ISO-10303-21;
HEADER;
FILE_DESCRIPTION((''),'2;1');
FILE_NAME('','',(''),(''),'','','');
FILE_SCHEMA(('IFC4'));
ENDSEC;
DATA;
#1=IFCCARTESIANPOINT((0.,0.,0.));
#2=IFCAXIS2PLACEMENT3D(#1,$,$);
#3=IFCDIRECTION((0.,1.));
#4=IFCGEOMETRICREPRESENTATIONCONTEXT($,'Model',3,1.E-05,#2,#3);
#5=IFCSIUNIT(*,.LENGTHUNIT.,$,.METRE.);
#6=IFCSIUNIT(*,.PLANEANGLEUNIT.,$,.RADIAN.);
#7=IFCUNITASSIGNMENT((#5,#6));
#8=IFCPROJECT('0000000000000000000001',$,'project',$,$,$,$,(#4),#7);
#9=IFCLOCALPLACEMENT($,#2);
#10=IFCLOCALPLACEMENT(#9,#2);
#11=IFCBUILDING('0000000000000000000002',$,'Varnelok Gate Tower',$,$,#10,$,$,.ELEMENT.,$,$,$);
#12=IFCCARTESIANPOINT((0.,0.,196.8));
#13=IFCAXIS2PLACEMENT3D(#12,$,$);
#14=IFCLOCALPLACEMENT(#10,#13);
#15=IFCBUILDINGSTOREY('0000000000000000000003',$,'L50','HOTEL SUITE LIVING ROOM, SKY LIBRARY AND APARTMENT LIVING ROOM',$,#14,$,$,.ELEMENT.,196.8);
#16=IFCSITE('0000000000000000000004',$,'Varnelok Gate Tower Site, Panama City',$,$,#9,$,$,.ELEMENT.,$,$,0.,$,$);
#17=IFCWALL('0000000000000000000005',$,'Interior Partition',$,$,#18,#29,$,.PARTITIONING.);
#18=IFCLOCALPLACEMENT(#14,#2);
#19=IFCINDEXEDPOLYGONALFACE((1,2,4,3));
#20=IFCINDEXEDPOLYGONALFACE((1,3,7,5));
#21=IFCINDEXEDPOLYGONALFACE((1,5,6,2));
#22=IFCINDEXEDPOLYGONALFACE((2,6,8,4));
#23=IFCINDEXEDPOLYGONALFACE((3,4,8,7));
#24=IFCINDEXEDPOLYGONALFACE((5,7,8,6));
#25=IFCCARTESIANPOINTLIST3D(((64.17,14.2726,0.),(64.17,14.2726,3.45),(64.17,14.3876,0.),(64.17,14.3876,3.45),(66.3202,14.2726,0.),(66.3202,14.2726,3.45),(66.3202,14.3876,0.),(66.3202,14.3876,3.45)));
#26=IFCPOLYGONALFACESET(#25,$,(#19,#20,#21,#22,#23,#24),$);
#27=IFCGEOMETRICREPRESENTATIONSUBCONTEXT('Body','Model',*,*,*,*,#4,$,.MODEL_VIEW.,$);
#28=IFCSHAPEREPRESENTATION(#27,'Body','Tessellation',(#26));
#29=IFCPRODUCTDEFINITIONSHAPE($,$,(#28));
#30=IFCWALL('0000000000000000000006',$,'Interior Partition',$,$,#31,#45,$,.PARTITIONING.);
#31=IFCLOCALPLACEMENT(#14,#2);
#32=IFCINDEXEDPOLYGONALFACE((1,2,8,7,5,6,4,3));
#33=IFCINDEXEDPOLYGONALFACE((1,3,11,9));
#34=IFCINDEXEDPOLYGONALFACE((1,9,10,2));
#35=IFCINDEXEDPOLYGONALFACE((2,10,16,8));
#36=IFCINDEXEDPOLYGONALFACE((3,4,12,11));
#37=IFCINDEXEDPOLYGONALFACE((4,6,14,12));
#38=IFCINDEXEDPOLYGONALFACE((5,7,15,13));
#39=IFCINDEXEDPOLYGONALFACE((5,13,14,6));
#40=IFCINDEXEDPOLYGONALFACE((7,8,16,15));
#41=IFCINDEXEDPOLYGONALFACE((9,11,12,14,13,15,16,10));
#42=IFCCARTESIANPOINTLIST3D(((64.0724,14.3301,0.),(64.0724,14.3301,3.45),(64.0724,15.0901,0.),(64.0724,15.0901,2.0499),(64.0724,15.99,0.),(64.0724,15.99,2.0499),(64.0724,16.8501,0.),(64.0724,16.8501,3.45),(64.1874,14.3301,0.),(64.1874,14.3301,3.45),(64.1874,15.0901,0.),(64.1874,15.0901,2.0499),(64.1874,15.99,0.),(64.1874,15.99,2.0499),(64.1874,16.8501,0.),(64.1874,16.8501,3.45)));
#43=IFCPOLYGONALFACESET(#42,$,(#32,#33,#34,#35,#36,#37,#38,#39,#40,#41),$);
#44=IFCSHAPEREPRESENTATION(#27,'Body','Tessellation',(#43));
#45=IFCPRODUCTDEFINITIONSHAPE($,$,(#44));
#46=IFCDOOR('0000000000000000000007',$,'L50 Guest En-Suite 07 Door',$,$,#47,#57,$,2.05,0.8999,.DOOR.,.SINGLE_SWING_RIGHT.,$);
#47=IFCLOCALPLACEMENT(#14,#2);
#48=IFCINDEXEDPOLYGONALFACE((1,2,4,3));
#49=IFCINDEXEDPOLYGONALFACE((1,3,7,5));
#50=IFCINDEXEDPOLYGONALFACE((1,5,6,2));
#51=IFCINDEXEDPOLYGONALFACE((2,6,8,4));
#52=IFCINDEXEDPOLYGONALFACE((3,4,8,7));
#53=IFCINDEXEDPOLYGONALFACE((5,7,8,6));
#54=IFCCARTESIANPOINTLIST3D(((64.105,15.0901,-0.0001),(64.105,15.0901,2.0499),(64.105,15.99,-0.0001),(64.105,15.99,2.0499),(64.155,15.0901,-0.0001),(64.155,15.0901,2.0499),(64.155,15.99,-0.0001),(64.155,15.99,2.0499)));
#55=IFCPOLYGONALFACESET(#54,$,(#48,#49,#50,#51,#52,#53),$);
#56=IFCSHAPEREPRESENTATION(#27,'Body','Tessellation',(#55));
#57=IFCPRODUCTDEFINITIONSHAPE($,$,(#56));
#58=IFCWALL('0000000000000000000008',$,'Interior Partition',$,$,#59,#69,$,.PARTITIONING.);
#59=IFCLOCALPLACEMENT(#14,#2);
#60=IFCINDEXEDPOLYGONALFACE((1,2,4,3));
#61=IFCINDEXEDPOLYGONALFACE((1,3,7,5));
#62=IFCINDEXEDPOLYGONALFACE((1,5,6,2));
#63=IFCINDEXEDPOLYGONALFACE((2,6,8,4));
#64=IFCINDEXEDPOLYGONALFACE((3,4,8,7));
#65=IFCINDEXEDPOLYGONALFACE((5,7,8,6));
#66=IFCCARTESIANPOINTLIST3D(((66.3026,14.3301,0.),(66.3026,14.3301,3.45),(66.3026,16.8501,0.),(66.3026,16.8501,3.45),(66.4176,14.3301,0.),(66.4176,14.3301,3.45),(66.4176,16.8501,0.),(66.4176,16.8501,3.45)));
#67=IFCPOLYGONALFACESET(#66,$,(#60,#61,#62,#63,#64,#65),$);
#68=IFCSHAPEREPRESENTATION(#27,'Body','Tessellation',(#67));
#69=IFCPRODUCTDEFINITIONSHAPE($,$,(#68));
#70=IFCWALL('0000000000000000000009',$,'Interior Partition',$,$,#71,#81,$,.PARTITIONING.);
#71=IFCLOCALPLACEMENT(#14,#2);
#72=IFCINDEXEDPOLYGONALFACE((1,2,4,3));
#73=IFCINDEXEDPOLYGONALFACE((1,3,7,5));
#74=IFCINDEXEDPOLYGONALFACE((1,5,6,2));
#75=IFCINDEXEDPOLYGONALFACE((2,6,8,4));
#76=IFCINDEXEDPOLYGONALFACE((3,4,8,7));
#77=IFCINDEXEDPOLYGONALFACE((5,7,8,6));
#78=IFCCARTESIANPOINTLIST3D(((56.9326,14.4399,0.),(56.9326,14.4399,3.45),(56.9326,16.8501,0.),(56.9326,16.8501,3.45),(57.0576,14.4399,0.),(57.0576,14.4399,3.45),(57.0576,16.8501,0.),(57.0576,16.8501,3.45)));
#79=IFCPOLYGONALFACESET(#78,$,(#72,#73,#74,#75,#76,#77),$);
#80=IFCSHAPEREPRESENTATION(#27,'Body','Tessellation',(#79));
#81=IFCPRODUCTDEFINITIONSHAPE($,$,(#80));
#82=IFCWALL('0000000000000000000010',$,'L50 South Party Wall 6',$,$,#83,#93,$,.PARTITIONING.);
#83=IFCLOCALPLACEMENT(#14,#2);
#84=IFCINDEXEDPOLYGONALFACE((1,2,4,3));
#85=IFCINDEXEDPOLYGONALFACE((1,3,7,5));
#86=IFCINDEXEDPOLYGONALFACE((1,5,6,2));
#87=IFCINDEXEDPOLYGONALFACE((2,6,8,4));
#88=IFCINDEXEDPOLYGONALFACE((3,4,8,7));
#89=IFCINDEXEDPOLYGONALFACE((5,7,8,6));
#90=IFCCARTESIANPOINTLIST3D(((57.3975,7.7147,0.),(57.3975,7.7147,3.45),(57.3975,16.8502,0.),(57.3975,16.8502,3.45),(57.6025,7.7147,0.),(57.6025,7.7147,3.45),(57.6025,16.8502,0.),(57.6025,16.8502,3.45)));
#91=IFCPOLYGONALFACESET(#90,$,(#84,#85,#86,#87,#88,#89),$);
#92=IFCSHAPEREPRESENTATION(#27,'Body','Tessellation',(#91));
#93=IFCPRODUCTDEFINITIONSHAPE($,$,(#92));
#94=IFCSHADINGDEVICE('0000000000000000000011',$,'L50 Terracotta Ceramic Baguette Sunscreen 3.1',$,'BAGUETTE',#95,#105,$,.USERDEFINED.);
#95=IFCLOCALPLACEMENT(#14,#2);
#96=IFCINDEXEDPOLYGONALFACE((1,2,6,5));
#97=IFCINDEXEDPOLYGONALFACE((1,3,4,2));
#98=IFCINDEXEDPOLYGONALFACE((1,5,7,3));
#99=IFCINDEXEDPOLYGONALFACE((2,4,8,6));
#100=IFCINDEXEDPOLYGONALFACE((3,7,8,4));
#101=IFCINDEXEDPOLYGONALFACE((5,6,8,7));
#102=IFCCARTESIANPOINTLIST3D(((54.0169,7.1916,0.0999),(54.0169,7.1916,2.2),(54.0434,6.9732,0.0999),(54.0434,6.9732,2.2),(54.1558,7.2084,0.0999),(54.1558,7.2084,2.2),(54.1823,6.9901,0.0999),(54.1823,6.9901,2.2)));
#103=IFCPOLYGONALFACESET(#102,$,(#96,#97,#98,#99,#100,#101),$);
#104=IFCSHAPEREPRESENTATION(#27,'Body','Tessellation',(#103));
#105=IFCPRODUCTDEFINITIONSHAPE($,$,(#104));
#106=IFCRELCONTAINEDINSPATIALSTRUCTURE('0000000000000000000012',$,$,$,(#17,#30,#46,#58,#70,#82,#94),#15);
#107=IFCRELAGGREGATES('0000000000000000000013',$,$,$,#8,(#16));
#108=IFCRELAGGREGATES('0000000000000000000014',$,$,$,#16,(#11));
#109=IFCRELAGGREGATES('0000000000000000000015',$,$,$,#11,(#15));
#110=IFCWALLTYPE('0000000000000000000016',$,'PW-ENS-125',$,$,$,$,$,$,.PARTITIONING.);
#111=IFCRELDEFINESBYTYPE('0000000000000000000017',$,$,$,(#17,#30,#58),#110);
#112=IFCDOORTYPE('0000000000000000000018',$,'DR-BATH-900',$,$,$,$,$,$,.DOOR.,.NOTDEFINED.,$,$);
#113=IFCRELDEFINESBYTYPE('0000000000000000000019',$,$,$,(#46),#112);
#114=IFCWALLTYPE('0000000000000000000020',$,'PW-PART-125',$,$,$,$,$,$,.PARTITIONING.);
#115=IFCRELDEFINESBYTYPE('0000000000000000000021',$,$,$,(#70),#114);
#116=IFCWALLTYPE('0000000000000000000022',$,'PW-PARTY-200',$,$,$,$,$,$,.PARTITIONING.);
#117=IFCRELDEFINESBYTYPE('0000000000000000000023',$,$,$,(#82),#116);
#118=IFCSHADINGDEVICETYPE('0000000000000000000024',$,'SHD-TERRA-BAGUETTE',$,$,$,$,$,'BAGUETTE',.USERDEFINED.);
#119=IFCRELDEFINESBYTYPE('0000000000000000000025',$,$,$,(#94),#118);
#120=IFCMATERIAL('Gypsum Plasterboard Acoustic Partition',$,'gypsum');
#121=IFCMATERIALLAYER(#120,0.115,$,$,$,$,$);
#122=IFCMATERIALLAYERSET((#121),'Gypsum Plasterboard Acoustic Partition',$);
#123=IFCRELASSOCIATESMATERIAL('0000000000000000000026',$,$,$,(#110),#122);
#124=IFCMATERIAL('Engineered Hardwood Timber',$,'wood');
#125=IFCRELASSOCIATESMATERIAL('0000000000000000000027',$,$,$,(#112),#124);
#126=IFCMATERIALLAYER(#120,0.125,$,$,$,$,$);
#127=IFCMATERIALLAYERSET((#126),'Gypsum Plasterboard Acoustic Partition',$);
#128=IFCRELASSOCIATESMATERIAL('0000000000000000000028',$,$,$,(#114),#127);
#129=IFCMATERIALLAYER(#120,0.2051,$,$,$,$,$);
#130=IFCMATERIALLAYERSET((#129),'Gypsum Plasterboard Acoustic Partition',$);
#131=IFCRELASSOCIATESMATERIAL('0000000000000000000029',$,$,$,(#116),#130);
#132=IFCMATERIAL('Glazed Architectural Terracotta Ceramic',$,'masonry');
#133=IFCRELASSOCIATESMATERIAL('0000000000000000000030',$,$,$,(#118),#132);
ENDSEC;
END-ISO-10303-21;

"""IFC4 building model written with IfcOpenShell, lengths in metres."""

from ifc_helpers import new_model, si_unit, direction, frame, frame_2d, origin, origin_2d, place, context, subcontext, project, spatial, rectangle, extrude, source, transform, mapped, material, layer, layer_set, type_object, element, fill, save


model = new_model("IFC4")

# Units and contexts
model_context = context("Model", 3, precision=1e-05, world=origin(), true_north=direction((0.0, 1.0)))
body_context = subcontext(model_context, "Body", "Model", "MODEL_VIEW")
ifc_project = project(units=[si_unit("LENGTHUNIT", "METRE"), si_unit("PLANEANGLEUNIT", "RADIAN")], contexts=[model_context])

# Site, building, storey
site_placement = place(None, origin())
site = spatial("IfcSite", under=ifc_project, at=site_placement, Name="Varnelok Gate Tower Site, Panama City", CompositionType="ELEMENT", RefElevation=0.0)
building_placement = place(site_placement, origin())
building = spatial("IfcBuilding", under=site, at=building_placement, Name="Varnelok Gate Tower", CompositionType="ELEMENT")
storey_placement = place(building_placement, frame((0.0, 0.0, 196.8)))
storey = spatial("IfcBuildingStorey", under=building, at=storey_placement, Name="L50", Description="HOTEL SUITE LIVING ROOM, SKY LIBRARY AND APARTMENT LIVING ROOM", CompositionType="ELEMENT", Elevation=196.8)

# Shared definitions
ifc_material_1 = material(Name="Gypsum Plasterboard Acoustic Partition", Category="gypsum")
ifc_material_2 = material(Name="Engineered Hardwood Timber", Category="wood")

# Wall
ifc_layer_1 = layer(ifc_material_1, 0.115)
ifc_layer_set_1 = layer_set([ifc_layer_1], Name="Gypsum Plasterboard Acoustic Partition")
wall_type_1 = type_object("IfcWallType", Name="PW-ENS-125", PredefinedType="PARTITIONING", material=ifc_layer_set_1)
wall_1_placement = place(storey_placement, frame((64.1699, 14.3301, 0.0), z_axis=(0.0, 0.0, 1.0), x_axis=(1.0, 0.0, 0.0)))
element("IfcWall", 1, at=wall_1_placement, inside=storey, type_object=wall_type_1, Name="Interior Partition", PredefinedType="PARTITIONING", context=body_context, shape_type="SweptSolid", body=[
    extrude(rectangle(XDim=2.1501, YDim=0.115, at=frame_2d((1.0752, 0.0))), origin(), (0.0, 0.0, 1.0), 3.45),
])

# Wall, opening, door
wall_2_placement = place(storey_placement, frame((64.1299, 14.3301, 0.0), z_axis=(0.0, 0.0, 1.0), x_axis=(0.0, 1.0, 0.0)))
wall_2 = element("IfcWall", 2, at=wall_2_placement, inside=storey, type_object=wall_type_1, Name="Interior Partition", PredefinedType="PARTITIONING", context=body_context, shape_type="SweptSolid", body=[
    extrude(rectangle(XDim=2.52, YDim=0.115, at=frame_2d((1.26, 0.0))), origin(), (0.0, 0.0, 1.0), 3.45),
])
opening_1_placement = place(wall_2_placement, frame((0.76, 0.0, 0.0)))
opening_1 = element("IfcOpeningElement", 3, at=opening_1_placement, cuts=wall_2, PredefinedType="OPENING", context=body_context, shape_type="SweptSolid", body=[
    extrude(rectangle(XDim=0.8999, YDim=2.05, at=frame_2d((0.45, 1.0249))), frame((0.0, 0.0674, 0.0), z_axis=(0.0, -1.0, 0.0), x_axis=(1.0, 0.0, 0.0)), (0.0, 0.0, 1.0), 0.135),
])
door_type_1 = type_object("IfcDoorType", Name="DR-BATH-900", OperationType="NOTDEFINED", PredefinedType="DOOR", material=ifc_material_2)
door_1_placement = place(opening_1_placement, origin())
door_1 = element("IfcDoor", 4, at=door_1_placement, inside=storey, type_object=door_type_1, Name="L50 Guest En-Suite 07 Door", OperationType="SINGLE_SWING_RIGHT", OverallHeight=2.05, OverallWidth=0.8999, PredefinedType="DOOR", context=body_context, shape_type="SweptSolid", body=[
    extrude(rectangle(XDim=0.8999, YDim=2.05, at=frame_2d((0.45, 1.0249))), frame((0.0, 0.0249, 0.0), z_axis=(0.0, -1.0, 0.0), x_axis=(1.0, 0.0, 0.0)), (0.0, 0.0, 1.0), 0.05),
])
fill(opening_1, door_1)

# Walls
wall_3_placement = place(storey_placement, frame((66.3601, 14.3301, 0.0), z_axis=(0.0, 0.0, 1.0), x_axis=(0.0, 1.0, 0.0)))
element("IfcWall", 5, at=wall_3_placement, inside=storey, type_object=wall_type_1, Name="Interior Partition", PredefinedType="PARTITIONING", context=body_context, shape_type="SweptSolid", body=[
    extrude(rectangle(XDim=2.52, YDim=0.115, at=frame_2d((1.26, 0.0))), origin(), (0.0, 0.0, 1.0), 3.45),
])
ifc_layer_2 = layer(ifc_material_1, 0.125)
ifc_layer_set_2 = layer_set([ifc_layer_2], Name="Gypsum Plasterboard Acoustic Partition")
wall_type_2 = type_object("IfcWallType", Name="PW-PART-125", PredefinedType="PARTITIONING", material=ifc_layer_set_2)
wall_4_placement = place(storey_placement, frame((56.9951, 14.4399, 0.0), z_axis=(0.0, 0.0, 1.0), x_axis=(0.0, 1.0, 0.0)))
element("IfcWall", 6, at=wall_4_placement, inside=storey, type_object=wall_type_2, Name="Interior Partition", PredefinedType="PARTITIONING", context=body_context, shape_type="SweptSolid", body=[
    extrude(rectangle(XDim=2.4102, YDim=0.125, at=frame_2d((1.2051, 0.0))), origin(), (0.0, 0.0, 1.0), 3.45),
])
ifc_layer_3 = layer(ifc_material_1, 0.2051)
ifc_layer_set_3 = layer_set([ifc_layer_3], Name="Gypsum Plasterboard Acoustic Partition")
wall_type_3 = type_object("IfcWallType", Name="PW-PARTY-200", PredefinedType="PARTITIONING", material=ifc_layer_set_3)
wall_5_placement = place(storey_placement, frame((57.5, 7.7146, 0.0), z_axis=(0.0, 0.0, 1.0), x_axis=(0.0, 1.0, 0.0)))
element("IfcWall", 7, at=wall_5_placement, inside=storey, type_object=wall_type_3, Name="L50 South Party Wall 6", PredefinedType="PARTITIONING", context=body_context, shape_type="SweptSolid", body=[
    extrude(rectangle(XDim=9.1355, YDim=0.2051, at=frame_2d((4.5679, 0.0))), origin(), (0.0, 0.0, 1.0), 3.45),
])

# Shading device
ifc_material_3 = material(Name="Glazed Architectural Terracotta Ceramic", Category="masonry")
shading_device_type = type_object("IfcShadingDeviceType", Name="SHD-TERRA-BAGUETTE", ElementType="BAGUETTE", PredefinedType="USERDEFINED", material=ifc_material_3)
shared_shape = source(origin(), body_context, "Body", "SweptSolid", [
    extrude(rectangle(XDim=0.1399, YDim=0.22, at=origin_2d()), origin(), (0.0, 0.0, 1.0), 2.1001),
])
shading_device_placement = place(storey_placement, frame((54.0996, 7.0908, 0.0999), z_axis=(0.0, 0.0, 1.0), x_axis=(0.992732, 0.120345, 0.0)))
element("IfcShadingDevice", 8, at=shading_device_placement, inside=storey, type_object=shading_device_type, Name="L50 Terracotta Ceramic Baguette Sunscreen 3.1", ObjectType="BAGUETTE", PredefinedType="USERDEFINED", context=body_context, shape_type="MappedRepresentation", body=[
    mapped(shared_shape, transform((0.0, 0.0, 0.0), scale=1.0)),
])

save(model, "model.ifc")
